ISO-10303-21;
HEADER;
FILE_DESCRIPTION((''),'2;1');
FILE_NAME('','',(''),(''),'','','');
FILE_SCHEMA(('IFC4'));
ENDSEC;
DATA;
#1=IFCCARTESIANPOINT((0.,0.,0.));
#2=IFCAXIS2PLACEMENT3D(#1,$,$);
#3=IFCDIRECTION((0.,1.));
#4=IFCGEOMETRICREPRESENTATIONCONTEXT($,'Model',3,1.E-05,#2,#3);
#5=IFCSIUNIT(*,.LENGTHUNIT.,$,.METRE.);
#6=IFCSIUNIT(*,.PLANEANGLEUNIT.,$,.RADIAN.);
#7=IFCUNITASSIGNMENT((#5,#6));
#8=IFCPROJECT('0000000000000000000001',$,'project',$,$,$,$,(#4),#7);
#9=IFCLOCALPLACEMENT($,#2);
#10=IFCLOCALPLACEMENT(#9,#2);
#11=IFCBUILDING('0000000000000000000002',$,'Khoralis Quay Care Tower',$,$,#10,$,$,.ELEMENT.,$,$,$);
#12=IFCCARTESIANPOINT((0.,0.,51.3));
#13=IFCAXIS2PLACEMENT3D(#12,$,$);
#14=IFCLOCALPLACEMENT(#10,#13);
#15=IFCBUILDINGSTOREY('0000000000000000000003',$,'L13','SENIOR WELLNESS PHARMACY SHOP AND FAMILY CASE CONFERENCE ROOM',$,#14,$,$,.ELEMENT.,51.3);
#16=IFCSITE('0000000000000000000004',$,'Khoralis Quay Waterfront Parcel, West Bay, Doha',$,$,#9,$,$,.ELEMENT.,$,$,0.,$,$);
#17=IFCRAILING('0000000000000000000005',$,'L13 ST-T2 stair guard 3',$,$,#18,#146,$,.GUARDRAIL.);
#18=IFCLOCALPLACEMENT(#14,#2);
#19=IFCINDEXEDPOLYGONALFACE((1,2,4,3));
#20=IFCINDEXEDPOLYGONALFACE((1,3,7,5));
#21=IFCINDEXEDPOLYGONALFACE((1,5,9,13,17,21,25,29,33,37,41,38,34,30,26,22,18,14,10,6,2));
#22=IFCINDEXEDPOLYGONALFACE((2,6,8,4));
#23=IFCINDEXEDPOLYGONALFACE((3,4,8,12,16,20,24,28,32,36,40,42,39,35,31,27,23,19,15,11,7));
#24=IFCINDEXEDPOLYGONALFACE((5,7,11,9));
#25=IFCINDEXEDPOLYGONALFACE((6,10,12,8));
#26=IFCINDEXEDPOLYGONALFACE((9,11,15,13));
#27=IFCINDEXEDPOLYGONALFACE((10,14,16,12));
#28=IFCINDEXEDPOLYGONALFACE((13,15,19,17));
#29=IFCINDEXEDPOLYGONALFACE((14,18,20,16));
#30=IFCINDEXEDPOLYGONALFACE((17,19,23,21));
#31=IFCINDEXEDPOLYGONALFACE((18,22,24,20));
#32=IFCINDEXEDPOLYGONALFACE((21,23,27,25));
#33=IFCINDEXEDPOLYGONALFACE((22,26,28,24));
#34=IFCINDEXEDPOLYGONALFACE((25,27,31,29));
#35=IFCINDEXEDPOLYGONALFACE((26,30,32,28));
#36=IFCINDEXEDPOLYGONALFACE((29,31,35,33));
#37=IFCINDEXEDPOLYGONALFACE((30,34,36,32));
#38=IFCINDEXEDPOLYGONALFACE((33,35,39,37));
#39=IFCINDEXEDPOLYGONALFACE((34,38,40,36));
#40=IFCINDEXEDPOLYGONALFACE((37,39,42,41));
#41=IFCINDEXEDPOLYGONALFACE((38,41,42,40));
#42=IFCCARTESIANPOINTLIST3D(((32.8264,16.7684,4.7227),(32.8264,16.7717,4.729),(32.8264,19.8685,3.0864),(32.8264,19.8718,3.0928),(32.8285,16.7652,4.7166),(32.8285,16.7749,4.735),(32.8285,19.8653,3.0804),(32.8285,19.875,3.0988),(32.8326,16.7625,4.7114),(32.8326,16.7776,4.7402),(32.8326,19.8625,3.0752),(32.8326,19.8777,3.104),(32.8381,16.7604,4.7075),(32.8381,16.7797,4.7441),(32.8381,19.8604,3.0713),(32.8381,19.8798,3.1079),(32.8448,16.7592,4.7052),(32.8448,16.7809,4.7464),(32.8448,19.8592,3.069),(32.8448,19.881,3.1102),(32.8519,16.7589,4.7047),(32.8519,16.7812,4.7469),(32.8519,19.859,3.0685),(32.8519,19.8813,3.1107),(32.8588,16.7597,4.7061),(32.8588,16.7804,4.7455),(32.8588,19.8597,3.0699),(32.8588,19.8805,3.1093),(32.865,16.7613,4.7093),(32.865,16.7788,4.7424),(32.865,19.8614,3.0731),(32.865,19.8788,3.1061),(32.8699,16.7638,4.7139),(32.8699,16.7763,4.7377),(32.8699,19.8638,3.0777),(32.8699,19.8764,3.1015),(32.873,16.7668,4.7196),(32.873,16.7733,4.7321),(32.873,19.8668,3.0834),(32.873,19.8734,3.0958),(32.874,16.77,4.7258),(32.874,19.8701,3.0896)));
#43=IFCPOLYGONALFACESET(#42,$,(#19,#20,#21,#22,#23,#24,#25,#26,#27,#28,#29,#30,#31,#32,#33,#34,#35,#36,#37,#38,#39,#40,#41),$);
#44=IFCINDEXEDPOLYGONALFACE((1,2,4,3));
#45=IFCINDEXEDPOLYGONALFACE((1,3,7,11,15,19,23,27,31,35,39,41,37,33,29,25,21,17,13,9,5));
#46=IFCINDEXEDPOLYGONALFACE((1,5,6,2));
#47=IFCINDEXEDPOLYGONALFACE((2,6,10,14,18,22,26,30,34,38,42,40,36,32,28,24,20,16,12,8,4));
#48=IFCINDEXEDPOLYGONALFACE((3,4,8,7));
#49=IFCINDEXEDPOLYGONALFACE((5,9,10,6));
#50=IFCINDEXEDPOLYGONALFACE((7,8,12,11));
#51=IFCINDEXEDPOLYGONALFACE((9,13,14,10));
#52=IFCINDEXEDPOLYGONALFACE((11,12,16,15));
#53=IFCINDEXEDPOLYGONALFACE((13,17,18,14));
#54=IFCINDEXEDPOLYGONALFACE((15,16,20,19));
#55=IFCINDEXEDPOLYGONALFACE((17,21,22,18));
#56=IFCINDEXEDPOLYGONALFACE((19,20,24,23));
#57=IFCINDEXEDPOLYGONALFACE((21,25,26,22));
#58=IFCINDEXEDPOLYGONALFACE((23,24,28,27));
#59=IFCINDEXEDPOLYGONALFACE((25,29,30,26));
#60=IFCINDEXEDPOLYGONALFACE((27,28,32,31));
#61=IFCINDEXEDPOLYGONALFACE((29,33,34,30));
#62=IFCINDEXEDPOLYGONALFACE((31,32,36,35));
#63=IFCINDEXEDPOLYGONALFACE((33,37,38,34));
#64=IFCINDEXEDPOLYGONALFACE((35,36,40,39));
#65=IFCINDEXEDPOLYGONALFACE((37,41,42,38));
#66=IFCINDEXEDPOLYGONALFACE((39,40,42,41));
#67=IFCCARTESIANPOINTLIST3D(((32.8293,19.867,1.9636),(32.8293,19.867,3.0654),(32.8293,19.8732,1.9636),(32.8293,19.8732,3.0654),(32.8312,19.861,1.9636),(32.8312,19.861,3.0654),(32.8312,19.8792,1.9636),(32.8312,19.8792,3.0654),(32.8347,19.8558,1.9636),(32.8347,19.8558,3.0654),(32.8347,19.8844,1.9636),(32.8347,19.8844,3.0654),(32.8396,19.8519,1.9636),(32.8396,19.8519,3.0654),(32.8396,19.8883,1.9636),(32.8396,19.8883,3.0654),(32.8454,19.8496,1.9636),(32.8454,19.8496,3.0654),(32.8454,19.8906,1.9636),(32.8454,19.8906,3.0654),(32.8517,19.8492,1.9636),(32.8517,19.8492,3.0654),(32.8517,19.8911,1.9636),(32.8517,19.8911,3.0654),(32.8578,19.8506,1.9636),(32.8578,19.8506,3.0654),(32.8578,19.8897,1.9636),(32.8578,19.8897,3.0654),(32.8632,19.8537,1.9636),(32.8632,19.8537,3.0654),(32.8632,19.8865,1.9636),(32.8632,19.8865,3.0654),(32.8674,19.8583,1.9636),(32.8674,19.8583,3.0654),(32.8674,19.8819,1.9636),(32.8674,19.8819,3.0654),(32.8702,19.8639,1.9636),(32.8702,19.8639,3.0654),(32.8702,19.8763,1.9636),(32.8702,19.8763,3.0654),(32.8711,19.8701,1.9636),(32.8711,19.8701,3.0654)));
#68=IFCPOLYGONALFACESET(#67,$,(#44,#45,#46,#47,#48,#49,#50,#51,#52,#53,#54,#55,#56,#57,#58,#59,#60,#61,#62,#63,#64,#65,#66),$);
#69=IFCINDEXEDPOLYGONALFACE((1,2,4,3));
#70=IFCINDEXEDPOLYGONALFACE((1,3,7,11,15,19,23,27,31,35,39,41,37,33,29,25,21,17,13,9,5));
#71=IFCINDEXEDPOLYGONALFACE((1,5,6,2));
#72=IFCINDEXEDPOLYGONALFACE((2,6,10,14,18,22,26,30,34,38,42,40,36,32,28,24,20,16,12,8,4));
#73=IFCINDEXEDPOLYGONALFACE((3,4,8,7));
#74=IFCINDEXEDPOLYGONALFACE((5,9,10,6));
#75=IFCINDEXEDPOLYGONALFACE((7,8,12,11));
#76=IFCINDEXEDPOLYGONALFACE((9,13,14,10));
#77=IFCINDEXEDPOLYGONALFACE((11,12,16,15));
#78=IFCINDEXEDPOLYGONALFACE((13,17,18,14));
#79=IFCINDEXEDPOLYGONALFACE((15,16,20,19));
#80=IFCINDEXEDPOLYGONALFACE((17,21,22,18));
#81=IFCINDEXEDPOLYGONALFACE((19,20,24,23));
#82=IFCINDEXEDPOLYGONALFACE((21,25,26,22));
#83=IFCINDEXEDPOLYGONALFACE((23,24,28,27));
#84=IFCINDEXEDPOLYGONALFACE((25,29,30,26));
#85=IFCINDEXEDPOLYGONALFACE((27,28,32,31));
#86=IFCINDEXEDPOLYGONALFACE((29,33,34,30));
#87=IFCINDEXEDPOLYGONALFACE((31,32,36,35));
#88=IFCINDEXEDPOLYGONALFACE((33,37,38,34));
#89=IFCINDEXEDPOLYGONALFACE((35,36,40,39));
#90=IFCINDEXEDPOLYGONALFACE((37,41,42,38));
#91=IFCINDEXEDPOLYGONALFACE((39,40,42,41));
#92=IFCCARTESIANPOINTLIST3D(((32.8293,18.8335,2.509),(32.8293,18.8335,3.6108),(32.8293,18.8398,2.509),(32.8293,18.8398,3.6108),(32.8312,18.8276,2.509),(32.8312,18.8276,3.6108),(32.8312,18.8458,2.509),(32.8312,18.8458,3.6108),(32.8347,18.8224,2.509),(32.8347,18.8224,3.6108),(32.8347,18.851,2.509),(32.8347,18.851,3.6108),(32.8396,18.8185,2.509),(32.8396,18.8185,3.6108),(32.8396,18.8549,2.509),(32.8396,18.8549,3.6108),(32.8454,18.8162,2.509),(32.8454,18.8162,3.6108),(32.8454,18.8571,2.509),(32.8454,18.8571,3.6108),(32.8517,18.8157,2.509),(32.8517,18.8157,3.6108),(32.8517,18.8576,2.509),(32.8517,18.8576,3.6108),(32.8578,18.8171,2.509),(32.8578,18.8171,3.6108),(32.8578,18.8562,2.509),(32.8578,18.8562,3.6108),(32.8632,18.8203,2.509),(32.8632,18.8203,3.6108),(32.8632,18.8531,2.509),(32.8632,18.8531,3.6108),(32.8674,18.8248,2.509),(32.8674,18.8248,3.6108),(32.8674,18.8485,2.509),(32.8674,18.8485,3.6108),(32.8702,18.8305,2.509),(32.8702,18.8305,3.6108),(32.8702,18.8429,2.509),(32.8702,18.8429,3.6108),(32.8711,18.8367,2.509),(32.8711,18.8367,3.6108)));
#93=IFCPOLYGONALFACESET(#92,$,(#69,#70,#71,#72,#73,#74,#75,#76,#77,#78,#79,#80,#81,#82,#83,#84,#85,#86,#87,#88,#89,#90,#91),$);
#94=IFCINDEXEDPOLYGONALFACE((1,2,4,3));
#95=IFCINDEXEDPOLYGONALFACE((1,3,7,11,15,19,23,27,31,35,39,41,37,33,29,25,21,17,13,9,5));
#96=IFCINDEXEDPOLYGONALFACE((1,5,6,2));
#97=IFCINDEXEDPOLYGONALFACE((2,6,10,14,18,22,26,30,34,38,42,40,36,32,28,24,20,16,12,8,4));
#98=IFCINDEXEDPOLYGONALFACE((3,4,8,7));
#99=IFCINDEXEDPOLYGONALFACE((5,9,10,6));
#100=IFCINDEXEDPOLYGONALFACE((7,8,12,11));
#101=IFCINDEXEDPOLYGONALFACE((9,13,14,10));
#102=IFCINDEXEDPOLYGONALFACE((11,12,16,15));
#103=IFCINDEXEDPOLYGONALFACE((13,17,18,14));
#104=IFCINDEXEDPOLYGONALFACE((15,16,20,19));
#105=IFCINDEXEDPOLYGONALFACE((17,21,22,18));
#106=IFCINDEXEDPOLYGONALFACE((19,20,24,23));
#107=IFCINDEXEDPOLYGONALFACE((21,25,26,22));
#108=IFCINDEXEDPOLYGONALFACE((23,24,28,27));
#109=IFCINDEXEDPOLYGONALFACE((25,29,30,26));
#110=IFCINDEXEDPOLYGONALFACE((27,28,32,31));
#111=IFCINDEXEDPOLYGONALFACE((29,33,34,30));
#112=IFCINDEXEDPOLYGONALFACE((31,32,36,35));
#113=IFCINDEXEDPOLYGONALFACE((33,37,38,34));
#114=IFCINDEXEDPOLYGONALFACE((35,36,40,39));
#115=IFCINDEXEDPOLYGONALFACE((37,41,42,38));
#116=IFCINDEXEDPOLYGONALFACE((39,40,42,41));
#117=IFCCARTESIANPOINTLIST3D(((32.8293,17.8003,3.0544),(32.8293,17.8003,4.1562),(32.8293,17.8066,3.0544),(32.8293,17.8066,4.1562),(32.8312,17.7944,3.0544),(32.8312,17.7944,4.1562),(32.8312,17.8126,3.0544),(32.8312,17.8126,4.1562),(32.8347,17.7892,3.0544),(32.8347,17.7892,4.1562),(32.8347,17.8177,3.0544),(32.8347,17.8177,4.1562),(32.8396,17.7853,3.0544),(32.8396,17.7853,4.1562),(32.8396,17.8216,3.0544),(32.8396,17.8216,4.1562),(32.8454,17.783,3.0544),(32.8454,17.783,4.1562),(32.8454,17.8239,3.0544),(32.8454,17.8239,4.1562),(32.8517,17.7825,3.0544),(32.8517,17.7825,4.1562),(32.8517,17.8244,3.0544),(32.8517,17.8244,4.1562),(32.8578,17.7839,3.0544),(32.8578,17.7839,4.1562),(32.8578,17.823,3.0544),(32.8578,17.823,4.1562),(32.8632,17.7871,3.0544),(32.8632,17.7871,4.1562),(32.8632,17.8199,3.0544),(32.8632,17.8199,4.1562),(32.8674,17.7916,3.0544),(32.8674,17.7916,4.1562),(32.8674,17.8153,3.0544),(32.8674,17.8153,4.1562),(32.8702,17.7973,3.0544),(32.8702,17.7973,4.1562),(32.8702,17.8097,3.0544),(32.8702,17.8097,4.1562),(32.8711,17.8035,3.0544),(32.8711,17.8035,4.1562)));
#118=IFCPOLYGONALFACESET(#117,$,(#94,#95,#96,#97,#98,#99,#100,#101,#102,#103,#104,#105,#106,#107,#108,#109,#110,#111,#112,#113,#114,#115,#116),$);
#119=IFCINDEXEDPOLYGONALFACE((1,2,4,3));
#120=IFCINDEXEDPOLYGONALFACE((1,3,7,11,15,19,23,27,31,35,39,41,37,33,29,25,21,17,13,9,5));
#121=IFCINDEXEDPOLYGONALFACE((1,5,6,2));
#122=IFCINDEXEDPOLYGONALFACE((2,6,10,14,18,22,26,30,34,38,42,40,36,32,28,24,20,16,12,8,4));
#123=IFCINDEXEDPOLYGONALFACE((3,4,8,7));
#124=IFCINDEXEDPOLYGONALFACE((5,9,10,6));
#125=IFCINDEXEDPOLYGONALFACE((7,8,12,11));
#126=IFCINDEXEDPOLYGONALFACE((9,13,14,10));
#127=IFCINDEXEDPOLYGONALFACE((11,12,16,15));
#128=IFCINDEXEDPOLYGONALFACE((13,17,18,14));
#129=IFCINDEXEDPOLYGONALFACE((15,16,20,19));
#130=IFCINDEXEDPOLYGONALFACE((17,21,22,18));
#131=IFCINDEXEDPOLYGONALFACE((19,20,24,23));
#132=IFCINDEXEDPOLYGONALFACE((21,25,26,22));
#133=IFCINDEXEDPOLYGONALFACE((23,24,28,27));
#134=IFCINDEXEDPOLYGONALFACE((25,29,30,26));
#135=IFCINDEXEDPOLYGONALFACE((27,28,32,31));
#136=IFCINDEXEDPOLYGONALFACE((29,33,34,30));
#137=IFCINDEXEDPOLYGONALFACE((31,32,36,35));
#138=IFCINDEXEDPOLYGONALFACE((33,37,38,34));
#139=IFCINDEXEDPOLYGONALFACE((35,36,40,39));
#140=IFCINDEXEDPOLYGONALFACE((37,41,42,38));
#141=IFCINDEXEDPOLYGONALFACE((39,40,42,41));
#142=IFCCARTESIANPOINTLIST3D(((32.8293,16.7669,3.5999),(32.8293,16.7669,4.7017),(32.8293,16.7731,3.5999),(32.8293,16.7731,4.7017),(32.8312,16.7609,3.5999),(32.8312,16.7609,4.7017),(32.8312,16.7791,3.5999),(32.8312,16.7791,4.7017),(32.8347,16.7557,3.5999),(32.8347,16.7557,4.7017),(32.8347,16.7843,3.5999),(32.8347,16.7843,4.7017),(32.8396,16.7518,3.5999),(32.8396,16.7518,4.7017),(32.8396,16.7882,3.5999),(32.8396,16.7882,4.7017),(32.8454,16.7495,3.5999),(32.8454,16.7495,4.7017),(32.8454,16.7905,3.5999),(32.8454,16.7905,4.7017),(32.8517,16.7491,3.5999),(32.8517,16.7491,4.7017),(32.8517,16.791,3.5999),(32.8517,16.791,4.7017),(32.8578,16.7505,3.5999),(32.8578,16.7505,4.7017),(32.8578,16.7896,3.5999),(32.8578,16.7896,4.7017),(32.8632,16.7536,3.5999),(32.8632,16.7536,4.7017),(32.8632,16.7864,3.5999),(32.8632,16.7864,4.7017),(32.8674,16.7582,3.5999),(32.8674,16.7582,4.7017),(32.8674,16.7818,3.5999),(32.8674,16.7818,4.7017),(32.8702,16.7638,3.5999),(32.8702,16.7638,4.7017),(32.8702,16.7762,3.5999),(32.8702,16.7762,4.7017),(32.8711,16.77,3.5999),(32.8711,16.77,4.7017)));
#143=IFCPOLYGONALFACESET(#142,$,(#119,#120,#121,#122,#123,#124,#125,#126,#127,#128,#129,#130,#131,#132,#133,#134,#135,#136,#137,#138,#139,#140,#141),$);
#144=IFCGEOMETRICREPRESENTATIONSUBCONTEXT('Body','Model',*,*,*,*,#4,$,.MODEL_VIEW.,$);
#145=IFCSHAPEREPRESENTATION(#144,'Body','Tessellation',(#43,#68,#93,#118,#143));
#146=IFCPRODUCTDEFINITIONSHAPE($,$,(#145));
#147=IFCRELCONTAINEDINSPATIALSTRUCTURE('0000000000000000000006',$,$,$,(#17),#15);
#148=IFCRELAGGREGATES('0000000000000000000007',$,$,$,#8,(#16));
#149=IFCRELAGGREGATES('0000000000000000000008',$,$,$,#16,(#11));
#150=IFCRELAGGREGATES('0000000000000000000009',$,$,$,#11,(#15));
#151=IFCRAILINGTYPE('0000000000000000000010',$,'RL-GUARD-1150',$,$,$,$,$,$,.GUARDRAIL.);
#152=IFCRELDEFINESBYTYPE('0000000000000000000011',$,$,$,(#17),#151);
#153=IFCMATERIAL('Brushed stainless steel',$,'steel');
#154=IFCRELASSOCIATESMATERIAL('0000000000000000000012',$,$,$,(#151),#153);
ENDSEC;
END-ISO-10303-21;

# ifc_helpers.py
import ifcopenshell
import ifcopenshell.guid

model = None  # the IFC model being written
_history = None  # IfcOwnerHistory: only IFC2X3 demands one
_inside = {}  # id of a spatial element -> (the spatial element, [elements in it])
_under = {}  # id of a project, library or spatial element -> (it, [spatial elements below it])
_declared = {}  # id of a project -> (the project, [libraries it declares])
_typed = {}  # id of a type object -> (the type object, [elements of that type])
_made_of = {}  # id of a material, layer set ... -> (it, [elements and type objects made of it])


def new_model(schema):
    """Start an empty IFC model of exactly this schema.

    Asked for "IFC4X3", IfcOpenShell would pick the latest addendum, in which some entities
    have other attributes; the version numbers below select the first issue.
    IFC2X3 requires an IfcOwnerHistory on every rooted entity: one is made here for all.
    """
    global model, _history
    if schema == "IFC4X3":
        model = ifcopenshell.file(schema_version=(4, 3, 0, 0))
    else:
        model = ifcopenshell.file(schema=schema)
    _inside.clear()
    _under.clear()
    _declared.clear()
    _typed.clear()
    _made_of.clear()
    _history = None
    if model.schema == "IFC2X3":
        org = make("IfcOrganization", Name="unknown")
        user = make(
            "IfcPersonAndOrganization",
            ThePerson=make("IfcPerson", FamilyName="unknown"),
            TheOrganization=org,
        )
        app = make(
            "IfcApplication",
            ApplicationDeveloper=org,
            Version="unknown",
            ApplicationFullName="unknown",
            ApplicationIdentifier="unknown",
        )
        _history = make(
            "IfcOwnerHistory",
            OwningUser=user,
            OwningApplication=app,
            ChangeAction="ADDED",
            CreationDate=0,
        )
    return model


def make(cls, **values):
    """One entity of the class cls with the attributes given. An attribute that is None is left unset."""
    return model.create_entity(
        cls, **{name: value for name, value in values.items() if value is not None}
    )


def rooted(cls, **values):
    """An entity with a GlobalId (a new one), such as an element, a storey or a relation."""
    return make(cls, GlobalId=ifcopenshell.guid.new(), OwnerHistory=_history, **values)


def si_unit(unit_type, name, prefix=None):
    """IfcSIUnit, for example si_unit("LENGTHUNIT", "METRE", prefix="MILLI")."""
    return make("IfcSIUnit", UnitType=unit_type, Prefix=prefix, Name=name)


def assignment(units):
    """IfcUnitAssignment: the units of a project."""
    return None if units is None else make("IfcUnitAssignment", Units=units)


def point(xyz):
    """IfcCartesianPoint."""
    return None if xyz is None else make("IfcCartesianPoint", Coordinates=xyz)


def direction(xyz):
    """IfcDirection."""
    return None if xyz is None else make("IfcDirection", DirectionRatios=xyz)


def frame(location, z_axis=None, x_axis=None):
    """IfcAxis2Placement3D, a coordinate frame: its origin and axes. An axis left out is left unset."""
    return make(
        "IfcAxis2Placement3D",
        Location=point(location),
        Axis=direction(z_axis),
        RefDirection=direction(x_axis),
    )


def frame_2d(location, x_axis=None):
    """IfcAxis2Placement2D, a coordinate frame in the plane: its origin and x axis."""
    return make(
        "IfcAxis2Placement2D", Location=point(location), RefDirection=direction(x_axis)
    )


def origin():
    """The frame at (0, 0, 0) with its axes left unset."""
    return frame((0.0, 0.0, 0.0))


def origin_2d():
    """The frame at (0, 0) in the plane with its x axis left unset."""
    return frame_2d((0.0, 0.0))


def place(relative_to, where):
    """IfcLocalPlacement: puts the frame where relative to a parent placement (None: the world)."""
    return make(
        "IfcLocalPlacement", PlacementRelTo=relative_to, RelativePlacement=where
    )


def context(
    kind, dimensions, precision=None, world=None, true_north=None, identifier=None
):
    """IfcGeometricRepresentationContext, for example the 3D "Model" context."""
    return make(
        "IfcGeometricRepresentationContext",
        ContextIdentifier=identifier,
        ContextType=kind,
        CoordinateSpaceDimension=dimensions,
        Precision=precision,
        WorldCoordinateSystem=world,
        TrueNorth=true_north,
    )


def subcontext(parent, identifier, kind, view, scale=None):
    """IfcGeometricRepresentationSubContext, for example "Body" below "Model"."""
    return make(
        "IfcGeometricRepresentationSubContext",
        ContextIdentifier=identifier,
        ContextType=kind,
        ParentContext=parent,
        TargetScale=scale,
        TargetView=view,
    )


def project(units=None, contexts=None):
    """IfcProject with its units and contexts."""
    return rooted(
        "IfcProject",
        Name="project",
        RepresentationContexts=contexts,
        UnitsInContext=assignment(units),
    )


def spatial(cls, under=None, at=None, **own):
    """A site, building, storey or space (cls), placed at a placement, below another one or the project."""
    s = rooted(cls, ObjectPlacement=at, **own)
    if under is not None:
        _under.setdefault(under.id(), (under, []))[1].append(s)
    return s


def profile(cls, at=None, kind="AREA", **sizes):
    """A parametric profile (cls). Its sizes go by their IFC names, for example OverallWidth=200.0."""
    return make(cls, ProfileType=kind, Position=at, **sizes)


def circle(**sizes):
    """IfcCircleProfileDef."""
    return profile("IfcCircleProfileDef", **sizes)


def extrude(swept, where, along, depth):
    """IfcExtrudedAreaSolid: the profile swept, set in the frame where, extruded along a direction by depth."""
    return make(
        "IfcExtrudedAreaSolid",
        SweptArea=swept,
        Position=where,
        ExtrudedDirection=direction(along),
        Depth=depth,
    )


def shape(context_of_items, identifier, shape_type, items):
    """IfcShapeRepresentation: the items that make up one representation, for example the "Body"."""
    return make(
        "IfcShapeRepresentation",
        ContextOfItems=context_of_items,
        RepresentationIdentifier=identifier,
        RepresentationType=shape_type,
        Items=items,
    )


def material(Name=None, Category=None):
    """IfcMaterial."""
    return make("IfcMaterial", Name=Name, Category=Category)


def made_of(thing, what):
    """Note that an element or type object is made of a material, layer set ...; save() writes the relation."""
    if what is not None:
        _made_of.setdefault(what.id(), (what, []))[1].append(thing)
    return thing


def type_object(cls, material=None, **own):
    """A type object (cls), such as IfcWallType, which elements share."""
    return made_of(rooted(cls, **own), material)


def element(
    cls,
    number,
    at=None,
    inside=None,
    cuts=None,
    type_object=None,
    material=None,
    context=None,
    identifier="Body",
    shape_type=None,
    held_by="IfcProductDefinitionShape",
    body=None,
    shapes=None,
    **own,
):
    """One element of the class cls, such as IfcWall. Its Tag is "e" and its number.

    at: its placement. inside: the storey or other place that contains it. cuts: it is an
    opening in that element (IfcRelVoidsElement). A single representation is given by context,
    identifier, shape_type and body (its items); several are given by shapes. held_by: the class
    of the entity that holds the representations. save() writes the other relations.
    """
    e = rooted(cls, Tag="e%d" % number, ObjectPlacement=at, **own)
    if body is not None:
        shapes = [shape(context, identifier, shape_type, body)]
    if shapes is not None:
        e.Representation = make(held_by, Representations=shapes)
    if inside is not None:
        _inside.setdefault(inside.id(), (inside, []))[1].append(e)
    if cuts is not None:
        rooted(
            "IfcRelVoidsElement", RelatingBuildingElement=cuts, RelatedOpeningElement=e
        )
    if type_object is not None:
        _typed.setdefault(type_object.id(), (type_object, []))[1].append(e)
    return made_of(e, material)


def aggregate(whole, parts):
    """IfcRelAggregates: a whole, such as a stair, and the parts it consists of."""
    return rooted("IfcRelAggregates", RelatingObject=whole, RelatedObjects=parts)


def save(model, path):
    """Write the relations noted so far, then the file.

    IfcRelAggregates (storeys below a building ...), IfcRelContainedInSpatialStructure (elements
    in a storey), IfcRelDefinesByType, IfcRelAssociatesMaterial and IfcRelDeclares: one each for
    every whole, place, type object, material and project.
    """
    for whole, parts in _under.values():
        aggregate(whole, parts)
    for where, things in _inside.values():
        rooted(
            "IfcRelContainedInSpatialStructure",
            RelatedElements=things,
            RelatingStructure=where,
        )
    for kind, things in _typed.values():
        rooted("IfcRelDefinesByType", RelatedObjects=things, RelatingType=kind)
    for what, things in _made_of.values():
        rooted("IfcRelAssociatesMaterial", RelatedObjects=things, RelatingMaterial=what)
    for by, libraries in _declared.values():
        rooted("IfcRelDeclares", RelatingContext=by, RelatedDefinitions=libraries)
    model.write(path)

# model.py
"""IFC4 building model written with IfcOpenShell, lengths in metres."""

from ifc_helpers import new_model, si_unit, direction, frame, origin, origin_2d, place, context, subcontext, project, spatial, circle, extrude, material, type_object, element, save


model = new_model("IFC4")

# Units and contexts
model_context = context("Model", 3, precision=1e-05, world=origin(), true_north=direction((0.0, 1.0)))
body_context = subcontext(model_context, "Body", "Model", "MODEL_VIEW")
ifc_project = project(units=[si_unit("LENGTHUNIT", "METRE"), si_unit("PLANEANGLEUNIT", "RADIAN")], contexts=[model_context])

# Site, building, storey
site_placement = place(None, origin())
site = spatial("IfcSite", under=ifc_project, at=site_placement, Name="Khoralis Quay Waterfront Parcel, West Bay, Doha", CompositionType="ELEMENT", RefElevation=0.0)
building_placement = place(site_placement, origin())
building = spatial("IfcBuilding", under=site, at=building_placement, Name="Khoralis Quay Care Tower", CompositionType="ELEMENT")
storey_placement = place(building_placement, frame((0.0, 0.0, 51.3)))
storey = spatial("IfcBuildingStorey", under=building, at=storey_placement, Name="L13", Description="SENIOR WELLNESS PHARMACY SHOP AND FAMILY CASE CONFERENCE ROOM", CompositionType="ELEMENT", Elevation=51.3)

# Shared definitions
ifc_material_1 = material(Name="Brushed stainless steel", Category="steel")

# Railing
railing_type_1 = type_object("IfcRailingType", Name="RL-GUARD-1150", PredefinedType="GUARDRAIL", material=ifc_material_1)
railing_1_placement = place(storey_placement, frame((32.8501, 19.8701, 1.9636)))
element("IfcRailing", 1, at=railing_1_placement, inside=storey, type_object=railing_type_1, Name="L13 ST-T2 stair guard 3", PredefinedType="GUARDRAIL", context=body_context, shape_type="SweptSolid", body=[
    extrude(circle(Radius=0.0239, at=origin_2d()), frame((0.0, 0.0, 1.126), z_axis=(0.0, -0.884377, 0.466774), x_axis=(1.0, 0.0, 0.0)), (0.0, 0.0, 1.0), 3.5054),
    extrude(circle(Radius=0.021, at=origin_2d()), origin(), (0.0, 0.0, 1.0), 1.1018),
    extrude(circle(Radius=0.021, at=origin_2d()), frame((0.0, -1.0334, 0.5454)), (0.0, 0.0, 1.0), 1.1018),
    extrude(circle(Radius=0.021, at=origin_2d()), frame((0.0, -2.0667, 1.0908)), (0.0, 0.0, 1.0), 1.1018),
    extrude(circle(Radius=0.021, at=origin_2d()), frame((0.0, -3.1001, 1.6362)), (0.0, 0.0, 1.0), 1.1018),
])

save(model, "model.ifc")
